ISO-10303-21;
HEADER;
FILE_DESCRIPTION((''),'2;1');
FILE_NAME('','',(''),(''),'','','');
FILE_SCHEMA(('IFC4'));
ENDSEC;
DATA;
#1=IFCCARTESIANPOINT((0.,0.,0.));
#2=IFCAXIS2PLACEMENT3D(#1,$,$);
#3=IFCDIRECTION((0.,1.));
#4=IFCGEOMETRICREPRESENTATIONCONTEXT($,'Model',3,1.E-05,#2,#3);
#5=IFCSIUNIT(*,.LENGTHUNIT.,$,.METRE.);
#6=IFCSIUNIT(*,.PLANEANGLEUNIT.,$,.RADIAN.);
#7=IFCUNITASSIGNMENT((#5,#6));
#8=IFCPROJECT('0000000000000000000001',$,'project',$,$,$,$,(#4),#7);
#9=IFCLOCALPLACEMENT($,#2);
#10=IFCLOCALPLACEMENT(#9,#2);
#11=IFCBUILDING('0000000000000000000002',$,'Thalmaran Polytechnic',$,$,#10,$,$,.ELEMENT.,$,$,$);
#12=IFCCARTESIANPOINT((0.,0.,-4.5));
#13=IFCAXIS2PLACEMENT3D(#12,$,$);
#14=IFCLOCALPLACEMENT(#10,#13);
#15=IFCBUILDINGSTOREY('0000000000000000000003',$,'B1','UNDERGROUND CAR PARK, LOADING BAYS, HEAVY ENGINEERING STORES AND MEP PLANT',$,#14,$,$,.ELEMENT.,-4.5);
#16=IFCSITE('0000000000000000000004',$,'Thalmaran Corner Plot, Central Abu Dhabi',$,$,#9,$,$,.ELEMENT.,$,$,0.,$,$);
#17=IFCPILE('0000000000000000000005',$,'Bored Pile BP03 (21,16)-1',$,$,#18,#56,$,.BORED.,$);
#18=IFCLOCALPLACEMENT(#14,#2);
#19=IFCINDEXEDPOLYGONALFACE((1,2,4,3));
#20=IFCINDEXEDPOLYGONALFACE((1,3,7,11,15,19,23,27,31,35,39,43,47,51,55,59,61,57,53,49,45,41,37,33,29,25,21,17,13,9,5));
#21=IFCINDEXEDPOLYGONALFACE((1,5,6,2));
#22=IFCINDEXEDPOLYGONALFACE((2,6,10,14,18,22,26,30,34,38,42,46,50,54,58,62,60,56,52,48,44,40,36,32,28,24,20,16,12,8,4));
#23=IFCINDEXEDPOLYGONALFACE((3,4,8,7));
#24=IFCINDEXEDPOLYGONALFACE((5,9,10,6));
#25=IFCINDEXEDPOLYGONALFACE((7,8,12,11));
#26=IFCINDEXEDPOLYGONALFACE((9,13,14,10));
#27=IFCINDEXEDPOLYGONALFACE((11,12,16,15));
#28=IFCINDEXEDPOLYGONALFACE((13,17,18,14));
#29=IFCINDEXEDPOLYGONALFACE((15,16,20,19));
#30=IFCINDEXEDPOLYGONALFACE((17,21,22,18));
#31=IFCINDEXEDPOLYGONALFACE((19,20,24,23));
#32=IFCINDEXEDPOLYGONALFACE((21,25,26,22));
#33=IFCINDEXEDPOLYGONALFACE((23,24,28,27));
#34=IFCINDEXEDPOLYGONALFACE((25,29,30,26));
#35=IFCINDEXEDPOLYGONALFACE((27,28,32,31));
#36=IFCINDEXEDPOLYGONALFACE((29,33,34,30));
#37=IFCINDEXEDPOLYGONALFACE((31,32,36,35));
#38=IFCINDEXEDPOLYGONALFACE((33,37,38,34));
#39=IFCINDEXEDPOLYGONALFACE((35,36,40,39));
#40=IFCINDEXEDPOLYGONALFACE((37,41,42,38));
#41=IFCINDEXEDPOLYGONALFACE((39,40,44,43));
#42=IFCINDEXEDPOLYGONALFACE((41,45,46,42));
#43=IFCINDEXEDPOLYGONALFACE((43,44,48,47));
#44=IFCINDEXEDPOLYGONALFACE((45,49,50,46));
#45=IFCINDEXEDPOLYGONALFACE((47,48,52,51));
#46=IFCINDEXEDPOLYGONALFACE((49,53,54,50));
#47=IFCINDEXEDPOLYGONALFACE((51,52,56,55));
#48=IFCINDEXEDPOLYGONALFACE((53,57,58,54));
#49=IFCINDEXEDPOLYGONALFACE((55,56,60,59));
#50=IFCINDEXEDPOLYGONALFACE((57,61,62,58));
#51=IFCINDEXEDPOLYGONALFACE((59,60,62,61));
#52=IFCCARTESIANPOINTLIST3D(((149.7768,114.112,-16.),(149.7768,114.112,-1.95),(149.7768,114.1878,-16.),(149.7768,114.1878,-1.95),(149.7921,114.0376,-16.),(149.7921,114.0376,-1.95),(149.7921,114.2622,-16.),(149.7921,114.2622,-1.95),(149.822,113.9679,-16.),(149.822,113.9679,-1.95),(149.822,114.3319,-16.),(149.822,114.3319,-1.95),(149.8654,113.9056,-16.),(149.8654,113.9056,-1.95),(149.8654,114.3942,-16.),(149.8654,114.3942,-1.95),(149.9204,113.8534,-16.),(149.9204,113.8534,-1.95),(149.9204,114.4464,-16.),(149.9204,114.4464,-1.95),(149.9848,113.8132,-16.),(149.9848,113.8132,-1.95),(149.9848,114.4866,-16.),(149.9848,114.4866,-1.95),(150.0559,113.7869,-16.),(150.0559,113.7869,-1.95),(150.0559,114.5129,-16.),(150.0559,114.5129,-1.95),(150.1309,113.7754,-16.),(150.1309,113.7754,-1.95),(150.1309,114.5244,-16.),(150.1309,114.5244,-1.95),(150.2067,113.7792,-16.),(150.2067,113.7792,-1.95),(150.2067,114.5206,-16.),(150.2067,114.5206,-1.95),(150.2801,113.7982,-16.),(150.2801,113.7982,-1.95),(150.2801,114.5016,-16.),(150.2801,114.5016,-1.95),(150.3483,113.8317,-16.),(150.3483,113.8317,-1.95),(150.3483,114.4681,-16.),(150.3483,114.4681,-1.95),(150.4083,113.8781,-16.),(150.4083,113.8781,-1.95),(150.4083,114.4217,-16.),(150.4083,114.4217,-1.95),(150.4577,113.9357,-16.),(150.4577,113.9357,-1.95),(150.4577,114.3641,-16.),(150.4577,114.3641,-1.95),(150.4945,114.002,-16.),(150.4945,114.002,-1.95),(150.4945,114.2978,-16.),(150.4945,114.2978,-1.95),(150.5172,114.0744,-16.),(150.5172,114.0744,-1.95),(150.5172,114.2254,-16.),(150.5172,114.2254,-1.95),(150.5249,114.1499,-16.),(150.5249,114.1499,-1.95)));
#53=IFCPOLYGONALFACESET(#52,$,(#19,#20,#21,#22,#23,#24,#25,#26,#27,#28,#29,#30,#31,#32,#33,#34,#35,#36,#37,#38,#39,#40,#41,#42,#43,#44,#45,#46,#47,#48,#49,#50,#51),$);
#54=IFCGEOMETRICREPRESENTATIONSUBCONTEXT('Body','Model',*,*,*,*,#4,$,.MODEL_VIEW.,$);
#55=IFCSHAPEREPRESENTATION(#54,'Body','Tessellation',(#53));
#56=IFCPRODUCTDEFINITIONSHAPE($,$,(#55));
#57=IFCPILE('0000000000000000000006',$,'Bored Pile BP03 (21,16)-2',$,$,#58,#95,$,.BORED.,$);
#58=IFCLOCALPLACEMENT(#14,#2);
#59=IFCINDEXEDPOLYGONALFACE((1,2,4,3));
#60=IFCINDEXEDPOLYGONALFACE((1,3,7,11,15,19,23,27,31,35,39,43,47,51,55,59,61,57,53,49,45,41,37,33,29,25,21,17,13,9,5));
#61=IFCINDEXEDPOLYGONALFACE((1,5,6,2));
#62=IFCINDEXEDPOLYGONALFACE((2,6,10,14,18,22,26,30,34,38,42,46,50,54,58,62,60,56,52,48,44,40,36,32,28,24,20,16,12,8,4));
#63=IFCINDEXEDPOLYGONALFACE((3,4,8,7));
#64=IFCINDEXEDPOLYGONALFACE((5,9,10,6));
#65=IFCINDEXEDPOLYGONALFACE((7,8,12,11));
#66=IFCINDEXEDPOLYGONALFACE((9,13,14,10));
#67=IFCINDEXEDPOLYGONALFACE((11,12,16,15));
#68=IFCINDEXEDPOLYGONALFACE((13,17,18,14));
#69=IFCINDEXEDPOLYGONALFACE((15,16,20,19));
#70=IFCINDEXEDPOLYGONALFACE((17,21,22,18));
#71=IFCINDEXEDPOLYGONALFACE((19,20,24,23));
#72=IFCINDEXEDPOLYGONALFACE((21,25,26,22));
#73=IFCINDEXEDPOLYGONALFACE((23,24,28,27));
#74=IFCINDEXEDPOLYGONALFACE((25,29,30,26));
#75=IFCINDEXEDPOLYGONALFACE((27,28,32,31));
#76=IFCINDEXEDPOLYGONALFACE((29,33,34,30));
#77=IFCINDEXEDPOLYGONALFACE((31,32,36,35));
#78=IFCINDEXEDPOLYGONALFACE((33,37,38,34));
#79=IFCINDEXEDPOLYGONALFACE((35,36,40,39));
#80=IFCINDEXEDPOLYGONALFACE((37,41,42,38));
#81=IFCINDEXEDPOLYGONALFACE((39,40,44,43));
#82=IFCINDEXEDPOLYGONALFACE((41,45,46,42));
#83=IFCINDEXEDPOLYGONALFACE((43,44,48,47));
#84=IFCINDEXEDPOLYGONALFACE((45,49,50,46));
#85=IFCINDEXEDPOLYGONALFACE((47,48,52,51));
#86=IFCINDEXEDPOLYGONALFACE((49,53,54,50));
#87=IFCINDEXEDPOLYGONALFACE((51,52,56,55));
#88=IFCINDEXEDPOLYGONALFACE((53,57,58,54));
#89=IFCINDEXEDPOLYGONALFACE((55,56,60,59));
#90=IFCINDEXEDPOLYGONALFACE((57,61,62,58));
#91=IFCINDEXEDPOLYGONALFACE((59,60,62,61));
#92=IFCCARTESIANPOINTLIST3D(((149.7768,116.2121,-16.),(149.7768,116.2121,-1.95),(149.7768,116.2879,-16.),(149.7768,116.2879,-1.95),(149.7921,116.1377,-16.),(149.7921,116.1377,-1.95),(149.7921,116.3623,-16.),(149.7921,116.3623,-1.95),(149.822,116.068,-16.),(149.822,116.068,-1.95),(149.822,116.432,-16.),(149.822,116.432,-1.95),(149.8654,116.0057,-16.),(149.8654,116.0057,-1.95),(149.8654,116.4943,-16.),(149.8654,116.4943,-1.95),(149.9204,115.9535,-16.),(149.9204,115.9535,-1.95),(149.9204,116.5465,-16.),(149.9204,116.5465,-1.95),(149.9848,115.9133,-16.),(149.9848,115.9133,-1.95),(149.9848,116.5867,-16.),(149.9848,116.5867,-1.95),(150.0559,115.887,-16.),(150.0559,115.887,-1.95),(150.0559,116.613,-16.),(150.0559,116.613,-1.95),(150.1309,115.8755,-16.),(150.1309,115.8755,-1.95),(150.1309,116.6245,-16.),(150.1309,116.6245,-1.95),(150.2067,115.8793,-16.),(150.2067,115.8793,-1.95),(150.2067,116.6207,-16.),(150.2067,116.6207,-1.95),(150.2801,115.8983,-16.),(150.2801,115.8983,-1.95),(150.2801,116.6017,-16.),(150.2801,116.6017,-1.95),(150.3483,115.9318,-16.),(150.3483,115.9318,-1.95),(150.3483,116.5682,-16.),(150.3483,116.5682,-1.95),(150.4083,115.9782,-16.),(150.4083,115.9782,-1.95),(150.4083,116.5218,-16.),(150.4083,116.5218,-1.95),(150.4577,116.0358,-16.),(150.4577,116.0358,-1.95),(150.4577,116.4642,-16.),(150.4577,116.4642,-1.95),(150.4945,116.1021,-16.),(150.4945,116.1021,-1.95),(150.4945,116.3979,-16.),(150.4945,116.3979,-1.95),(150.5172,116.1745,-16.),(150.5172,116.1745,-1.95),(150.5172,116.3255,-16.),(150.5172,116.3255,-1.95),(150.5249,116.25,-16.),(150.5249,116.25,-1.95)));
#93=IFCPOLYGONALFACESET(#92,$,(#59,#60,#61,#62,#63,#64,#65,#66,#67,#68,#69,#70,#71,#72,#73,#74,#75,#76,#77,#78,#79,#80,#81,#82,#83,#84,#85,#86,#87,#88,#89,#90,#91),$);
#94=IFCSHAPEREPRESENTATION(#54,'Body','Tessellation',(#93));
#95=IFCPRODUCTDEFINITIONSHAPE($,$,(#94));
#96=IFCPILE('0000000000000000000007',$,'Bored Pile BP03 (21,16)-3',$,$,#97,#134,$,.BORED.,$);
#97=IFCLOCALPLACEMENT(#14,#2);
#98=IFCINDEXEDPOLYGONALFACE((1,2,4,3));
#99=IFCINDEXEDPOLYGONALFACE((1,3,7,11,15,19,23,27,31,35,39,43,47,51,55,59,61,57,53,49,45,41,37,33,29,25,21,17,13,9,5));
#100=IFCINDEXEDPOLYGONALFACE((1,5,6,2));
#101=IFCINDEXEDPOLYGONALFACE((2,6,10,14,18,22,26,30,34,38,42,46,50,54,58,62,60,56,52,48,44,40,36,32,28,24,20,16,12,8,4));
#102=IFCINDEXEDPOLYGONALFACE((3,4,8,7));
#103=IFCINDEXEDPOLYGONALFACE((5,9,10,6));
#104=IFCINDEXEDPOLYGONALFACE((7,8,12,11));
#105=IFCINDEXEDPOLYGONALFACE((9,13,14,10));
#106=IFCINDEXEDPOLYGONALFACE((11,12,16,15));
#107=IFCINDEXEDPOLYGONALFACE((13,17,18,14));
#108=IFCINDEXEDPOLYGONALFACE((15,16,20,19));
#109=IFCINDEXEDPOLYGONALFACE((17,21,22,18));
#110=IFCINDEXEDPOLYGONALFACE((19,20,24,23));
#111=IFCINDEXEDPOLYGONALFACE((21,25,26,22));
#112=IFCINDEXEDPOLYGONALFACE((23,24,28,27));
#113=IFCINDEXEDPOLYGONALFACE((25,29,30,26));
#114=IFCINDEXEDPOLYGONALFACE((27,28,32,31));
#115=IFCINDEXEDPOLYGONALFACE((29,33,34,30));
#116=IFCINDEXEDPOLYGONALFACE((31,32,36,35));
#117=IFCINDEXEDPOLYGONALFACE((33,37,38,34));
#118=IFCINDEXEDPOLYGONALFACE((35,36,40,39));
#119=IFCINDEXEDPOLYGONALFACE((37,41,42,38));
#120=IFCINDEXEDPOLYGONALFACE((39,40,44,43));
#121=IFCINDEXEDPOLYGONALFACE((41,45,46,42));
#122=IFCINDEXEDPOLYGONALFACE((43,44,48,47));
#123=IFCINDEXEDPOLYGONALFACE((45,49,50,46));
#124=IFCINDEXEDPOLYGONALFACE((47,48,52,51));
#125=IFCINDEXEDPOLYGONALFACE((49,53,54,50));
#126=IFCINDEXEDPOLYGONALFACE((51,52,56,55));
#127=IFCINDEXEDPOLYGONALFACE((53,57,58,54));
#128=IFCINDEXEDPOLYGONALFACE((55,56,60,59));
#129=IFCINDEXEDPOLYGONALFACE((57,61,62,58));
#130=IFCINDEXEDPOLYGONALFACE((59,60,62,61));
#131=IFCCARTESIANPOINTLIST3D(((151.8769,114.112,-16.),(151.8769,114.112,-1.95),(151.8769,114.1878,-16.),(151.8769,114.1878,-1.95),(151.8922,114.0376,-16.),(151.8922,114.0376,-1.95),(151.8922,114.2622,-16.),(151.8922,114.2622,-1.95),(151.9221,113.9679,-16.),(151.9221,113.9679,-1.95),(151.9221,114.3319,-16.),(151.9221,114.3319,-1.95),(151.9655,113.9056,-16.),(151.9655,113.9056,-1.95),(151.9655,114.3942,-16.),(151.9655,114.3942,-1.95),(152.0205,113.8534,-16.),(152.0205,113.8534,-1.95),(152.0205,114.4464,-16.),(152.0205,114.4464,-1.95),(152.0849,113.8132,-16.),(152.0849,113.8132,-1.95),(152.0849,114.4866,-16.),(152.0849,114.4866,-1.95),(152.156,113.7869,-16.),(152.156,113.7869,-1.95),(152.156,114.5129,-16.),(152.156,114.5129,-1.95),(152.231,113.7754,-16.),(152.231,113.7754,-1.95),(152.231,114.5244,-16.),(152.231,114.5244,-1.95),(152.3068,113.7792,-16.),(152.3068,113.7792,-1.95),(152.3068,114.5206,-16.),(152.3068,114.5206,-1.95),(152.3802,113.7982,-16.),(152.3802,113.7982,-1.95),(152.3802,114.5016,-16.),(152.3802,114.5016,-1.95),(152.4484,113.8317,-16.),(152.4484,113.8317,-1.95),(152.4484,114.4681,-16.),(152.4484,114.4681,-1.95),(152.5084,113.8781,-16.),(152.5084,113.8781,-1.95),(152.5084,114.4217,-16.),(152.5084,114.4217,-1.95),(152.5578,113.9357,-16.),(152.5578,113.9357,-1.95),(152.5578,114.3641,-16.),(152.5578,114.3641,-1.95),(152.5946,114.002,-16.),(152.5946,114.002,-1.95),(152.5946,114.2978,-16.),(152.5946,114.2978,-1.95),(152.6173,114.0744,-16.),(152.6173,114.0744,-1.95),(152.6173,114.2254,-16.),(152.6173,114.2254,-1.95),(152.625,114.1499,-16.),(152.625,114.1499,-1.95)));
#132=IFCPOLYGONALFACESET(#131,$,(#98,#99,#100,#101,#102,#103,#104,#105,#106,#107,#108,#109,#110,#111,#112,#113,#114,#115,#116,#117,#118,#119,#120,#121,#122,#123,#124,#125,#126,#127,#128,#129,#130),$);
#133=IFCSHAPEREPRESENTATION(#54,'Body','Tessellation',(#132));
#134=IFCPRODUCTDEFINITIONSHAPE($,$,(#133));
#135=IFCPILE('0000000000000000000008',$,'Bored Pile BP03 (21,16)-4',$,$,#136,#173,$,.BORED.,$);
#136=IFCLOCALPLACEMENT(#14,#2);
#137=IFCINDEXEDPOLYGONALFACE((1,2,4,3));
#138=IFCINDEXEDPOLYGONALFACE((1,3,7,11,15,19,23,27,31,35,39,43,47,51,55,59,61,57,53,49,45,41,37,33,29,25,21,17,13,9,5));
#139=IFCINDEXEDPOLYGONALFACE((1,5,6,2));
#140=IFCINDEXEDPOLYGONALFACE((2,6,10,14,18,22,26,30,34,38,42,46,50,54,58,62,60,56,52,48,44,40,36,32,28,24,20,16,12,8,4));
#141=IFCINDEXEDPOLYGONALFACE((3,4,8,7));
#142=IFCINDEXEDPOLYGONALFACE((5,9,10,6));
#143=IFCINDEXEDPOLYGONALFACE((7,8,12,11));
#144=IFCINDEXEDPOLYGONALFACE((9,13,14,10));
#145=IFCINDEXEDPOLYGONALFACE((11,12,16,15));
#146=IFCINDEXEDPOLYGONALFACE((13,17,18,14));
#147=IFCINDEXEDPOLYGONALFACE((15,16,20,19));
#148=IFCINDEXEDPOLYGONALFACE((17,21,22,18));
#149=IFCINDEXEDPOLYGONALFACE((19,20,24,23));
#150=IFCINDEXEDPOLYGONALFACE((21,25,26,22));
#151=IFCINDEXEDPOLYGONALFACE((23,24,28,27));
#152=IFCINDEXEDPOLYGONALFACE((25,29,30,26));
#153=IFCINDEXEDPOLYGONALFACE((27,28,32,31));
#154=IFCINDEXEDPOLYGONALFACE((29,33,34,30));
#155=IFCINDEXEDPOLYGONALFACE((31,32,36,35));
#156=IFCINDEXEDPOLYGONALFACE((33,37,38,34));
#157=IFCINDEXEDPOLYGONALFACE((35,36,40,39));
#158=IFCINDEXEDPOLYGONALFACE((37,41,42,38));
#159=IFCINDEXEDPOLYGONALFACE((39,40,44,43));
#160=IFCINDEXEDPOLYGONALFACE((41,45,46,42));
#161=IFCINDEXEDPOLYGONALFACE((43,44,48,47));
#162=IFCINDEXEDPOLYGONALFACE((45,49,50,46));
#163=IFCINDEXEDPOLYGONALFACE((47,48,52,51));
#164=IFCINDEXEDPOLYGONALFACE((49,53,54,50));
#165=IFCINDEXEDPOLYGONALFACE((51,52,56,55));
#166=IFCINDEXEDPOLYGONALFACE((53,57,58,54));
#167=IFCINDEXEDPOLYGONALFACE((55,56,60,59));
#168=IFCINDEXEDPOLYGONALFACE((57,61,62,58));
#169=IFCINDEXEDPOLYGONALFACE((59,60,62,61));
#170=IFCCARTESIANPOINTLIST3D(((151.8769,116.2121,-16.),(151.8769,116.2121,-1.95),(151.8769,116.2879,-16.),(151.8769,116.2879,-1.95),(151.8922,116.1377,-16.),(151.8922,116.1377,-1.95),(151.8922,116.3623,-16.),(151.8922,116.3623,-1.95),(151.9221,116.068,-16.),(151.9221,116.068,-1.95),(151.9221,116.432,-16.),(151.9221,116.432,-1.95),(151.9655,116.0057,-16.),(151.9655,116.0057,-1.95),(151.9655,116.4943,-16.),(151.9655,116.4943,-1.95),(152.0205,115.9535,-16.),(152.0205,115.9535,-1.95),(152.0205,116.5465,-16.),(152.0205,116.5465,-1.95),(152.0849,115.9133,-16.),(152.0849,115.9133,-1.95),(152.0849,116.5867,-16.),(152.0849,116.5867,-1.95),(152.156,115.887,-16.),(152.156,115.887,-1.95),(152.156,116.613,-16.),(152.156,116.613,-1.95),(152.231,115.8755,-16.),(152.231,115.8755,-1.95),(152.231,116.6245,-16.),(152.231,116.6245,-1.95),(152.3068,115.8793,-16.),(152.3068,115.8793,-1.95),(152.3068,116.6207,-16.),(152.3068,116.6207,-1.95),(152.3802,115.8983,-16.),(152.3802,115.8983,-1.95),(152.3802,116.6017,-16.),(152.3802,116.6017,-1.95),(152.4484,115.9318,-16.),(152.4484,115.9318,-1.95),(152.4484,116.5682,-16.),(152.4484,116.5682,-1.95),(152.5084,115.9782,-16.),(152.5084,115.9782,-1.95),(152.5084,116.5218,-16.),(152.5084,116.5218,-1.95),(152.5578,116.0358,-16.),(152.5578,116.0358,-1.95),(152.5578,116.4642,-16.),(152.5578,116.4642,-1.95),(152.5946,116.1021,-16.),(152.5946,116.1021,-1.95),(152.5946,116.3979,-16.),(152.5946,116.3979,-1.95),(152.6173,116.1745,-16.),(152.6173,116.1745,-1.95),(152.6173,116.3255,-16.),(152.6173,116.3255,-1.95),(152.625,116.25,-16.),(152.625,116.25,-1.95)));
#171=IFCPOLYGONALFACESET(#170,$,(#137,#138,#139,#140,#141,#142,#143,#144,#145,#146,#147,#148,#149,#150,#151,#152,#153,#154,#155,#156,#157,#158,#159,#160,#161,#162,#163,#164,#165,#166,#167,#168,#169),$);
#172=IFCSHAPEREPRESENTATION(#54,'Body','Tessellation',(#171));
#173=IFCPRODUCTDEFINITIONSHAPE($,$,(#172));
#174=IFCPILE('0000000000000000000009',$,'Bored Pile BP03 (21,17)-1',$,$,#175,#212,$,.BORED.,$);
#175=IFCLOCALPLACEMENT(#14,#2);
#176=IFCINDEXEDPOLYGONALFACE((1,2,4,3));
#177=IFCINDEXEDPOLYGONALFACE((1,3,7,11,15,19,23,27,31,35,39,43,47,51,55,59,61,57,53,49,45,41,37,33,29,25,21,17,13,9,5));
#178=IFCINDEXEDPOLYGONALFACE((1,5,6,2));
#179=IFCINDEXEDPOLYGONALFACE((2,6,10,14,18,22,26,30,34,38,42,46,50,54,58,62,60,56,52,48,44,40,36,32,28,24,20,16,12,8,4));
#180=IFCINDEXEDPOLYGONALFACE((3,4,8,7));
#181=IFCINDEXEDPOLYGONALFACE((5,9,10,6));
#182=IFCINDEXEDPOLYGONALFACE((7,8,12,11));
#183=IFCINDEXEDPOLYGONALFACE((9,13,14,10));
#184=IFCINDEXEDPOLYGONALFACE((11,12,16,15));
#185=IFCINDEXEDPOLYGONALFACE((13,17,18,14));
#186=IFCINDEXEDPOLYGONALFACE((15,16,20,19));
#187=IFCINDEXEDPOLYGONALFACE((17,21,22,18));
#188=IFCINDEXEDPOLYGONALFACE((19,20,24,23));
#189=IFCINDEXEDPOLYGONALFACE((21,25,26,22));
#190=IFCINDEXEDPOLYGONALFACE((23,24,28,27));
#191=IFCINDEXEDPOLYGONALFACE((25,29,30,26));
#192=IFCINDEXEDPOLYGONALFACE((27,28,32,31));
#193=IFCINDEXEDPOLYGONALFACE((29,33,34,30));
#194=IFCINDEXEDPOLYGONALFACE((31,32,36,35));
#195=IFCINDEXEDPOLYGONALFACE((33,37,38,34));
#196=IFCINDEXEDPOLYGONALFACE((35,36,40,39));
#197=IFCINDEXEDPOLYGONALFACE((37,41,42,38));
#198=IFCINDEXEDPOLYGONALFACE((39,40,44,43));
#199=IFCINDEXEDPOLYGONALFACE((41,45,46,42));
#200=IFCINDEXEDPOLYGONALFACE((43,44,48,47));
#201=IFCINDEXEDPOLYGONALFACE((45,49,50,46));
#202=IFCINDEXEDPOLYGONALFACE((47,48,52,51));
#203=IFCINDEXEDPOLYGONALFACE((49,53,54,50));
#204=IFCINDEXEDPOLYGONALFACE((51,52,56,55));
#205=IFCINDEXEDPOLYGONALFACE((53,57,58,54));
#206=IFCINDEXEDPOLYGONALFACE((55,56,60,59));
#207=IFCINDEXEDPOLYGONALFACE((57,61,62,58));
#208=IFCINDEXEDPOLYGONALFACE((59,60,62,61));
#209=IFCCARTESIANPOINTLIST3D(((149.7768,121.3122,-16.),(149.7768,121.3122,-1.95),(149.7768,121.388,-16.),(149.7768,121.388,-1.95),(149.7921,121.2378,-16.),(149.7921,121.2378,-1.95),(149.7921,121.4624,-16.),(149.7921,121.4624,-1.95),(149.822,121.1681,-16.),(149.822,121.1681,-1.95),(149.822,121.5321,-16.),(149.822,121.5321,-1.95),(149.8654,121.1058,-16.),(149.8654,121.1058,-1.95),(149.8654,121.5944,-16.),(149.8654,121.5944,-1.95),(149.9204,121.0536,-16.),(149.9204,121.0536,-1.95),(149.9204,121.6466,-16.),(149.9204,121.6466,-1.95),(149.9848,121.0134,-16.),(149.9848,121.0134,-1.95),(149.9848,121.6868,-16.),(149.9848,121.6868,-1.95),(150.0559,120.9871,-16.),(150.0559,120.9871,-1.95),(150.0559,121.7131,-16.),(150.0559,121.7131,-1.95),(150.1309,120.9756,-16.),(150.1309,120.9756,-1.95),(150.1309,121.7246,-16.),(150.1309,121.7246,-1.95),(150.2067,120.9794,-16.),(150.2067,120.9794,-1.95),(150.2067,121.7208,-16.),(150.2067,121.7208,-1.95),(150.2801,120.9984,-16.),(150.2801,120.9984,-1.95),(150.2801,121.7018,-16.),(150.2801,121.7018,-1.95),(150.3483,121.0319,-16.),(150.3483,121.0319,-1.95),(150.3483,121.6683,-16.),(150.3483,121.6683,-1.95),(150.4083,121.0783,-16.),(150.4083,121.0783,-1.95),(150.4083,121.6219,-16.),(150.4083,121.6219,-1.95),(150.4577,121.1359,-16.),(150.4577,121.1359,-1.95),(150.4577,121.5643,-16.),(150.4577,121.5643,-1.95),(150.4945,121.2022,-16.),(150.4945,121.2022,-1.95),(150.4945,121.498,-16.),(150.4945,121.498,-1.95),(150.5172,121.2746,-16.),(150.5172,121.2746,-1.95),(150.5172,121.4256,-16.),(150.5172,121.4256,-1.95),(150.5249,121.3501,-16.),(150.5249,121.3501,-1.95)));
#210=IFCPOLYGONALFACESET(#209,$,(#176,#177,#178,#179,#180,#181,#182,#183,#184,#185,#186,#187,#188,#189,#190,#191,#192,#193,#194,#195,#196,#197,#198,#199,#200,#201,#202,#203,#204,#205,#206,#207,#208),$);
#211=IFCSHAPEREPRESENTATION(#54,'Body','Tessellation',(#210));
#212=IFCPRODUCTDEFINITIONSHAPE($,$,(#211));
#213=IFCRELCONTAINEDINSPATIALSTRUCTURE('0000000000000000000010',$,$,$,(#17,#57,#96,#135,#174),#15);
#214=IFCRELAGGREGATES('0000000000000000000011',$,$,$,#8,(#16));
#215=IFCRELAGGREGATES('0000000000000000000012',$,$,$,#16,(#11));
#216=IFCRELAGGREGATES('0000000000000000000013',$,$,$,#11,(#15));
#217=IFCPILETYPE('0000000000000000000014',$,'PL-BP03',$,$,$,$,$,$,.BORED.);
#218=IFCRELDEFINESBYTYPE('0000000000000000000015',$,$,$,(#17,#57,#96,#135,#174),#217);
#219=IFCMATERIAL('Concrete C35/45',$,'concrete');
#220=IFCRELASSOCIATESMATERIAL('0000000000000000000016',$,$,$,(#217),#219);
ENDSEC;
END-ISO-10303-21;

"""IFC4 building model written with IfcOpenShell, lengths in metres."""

from ifc_helpers import new_model, si_unit, direction, frame, origin, origin_2d, place, context, subcontext, project, spatial, circle, extrude, material, material_profile, profile_set, type_object, element, save


model = new_model("IFC4")

# Units and contexts
model_context = context("Model", 3, precision=1e-05, world=origin(), true_north=direction((0.0, 1.0)))
body_context = subcontext(model_context, "Body", "Model", "MODEL_VIEW")
ifc_project = project(units=[si_unit("LENGTHUNIT", "METRE"), si_unit("PLANEANGLEUNIT", "RADIAN")], contexts=[model_context])

# Site, building, storey
site_placement = place(None, origin())
site = spatial("IfcSite", under=ifc_project, at=site_placement, Name="Thalmaran Corner Plot, Central Abu Dhabi", CompositionType="ELEMENT", RefElevation=0.0)
building_placement = place(site_placement, origin())
building = spatial("IfcBuilding", under=site, at=building_placement, Name="Thalmaran Polytechnic", CompositionType="ELEMENT")
storey_placement = place(building_placement, frame((0.0, 0.0, -4.5)))
storey = spatial("IfcBuildingStorey", under=building, at=storey_placement, Name="B1", Description="UNDERGROUND CAR PARK, LOADING BAYS, HEAVY ENGINEERING STORES AND MEP PLANT", CompositionType="ELEMENT", Elevation=-4.5)

# Piles
ifc_material_1 = material(Name="Concrete C35/45", Category="concrete")
ifc_material_profile_1 = material_profile(ifc_material_1, circle(Radius=0.375, at=origin_2d()), Name="RC 750 DIA")
ifc_profile_set_1 = profile_set([ifc_material_profile_1], Name="Concrete C35/45")
pile_type = type_object("IfcPileType", Name="PL-BP03", PredefinedType="BORED", material=ifc_profile_set_1)
for number, where, z_axis, x_axis, name in (
    (1, (150.1499, 114.1499, -1.95), (0.0, 0.0, -1.0), (1.0, 0.0, 0.0), "Bored Pile BP03 (21,16)-1"),
    (2, (150.1499, 116.25, -1.95), (0.0, 0.0, -1.0), (1.0, 0.0, 0.0), "Bored Pile BP03 (21,16)-2"),
    (3, (152.25, 114.1499, -1.95), (0.0, 0.0, -1.0), (1.0, 0.0, 0.0), "Bored Pile BP03 (21,16)-3"),
    (4, (152.25, 116.25, -1.95), (0.0, 0.0, -1.0), (1.0, 0.0, 0.0), "Bored Pile BP03 (21,16)-4"),
    (5, (150.1499, 121.3501, -1.95), (0.0, 0.0, -1.0), (1.0, 0.0, 0.0), "Bored Pile BP03 (21,17)-1"),
):
    element("IfcPile", number, at=place(storey_placement, frame(where, z_axis=z_axis, x_axis=x_axis)), inside=storey, type_object=pile_type, Name=name, PredefinedType="BORED", context=body_context, shape_type="SweptSolid", body=[
        extrude(circle(Radius=0.375, at=origin_2d()), origin(), (0.0, 0.0, 1.0), 14.05),
    ])

save(model, "model.ifc")
